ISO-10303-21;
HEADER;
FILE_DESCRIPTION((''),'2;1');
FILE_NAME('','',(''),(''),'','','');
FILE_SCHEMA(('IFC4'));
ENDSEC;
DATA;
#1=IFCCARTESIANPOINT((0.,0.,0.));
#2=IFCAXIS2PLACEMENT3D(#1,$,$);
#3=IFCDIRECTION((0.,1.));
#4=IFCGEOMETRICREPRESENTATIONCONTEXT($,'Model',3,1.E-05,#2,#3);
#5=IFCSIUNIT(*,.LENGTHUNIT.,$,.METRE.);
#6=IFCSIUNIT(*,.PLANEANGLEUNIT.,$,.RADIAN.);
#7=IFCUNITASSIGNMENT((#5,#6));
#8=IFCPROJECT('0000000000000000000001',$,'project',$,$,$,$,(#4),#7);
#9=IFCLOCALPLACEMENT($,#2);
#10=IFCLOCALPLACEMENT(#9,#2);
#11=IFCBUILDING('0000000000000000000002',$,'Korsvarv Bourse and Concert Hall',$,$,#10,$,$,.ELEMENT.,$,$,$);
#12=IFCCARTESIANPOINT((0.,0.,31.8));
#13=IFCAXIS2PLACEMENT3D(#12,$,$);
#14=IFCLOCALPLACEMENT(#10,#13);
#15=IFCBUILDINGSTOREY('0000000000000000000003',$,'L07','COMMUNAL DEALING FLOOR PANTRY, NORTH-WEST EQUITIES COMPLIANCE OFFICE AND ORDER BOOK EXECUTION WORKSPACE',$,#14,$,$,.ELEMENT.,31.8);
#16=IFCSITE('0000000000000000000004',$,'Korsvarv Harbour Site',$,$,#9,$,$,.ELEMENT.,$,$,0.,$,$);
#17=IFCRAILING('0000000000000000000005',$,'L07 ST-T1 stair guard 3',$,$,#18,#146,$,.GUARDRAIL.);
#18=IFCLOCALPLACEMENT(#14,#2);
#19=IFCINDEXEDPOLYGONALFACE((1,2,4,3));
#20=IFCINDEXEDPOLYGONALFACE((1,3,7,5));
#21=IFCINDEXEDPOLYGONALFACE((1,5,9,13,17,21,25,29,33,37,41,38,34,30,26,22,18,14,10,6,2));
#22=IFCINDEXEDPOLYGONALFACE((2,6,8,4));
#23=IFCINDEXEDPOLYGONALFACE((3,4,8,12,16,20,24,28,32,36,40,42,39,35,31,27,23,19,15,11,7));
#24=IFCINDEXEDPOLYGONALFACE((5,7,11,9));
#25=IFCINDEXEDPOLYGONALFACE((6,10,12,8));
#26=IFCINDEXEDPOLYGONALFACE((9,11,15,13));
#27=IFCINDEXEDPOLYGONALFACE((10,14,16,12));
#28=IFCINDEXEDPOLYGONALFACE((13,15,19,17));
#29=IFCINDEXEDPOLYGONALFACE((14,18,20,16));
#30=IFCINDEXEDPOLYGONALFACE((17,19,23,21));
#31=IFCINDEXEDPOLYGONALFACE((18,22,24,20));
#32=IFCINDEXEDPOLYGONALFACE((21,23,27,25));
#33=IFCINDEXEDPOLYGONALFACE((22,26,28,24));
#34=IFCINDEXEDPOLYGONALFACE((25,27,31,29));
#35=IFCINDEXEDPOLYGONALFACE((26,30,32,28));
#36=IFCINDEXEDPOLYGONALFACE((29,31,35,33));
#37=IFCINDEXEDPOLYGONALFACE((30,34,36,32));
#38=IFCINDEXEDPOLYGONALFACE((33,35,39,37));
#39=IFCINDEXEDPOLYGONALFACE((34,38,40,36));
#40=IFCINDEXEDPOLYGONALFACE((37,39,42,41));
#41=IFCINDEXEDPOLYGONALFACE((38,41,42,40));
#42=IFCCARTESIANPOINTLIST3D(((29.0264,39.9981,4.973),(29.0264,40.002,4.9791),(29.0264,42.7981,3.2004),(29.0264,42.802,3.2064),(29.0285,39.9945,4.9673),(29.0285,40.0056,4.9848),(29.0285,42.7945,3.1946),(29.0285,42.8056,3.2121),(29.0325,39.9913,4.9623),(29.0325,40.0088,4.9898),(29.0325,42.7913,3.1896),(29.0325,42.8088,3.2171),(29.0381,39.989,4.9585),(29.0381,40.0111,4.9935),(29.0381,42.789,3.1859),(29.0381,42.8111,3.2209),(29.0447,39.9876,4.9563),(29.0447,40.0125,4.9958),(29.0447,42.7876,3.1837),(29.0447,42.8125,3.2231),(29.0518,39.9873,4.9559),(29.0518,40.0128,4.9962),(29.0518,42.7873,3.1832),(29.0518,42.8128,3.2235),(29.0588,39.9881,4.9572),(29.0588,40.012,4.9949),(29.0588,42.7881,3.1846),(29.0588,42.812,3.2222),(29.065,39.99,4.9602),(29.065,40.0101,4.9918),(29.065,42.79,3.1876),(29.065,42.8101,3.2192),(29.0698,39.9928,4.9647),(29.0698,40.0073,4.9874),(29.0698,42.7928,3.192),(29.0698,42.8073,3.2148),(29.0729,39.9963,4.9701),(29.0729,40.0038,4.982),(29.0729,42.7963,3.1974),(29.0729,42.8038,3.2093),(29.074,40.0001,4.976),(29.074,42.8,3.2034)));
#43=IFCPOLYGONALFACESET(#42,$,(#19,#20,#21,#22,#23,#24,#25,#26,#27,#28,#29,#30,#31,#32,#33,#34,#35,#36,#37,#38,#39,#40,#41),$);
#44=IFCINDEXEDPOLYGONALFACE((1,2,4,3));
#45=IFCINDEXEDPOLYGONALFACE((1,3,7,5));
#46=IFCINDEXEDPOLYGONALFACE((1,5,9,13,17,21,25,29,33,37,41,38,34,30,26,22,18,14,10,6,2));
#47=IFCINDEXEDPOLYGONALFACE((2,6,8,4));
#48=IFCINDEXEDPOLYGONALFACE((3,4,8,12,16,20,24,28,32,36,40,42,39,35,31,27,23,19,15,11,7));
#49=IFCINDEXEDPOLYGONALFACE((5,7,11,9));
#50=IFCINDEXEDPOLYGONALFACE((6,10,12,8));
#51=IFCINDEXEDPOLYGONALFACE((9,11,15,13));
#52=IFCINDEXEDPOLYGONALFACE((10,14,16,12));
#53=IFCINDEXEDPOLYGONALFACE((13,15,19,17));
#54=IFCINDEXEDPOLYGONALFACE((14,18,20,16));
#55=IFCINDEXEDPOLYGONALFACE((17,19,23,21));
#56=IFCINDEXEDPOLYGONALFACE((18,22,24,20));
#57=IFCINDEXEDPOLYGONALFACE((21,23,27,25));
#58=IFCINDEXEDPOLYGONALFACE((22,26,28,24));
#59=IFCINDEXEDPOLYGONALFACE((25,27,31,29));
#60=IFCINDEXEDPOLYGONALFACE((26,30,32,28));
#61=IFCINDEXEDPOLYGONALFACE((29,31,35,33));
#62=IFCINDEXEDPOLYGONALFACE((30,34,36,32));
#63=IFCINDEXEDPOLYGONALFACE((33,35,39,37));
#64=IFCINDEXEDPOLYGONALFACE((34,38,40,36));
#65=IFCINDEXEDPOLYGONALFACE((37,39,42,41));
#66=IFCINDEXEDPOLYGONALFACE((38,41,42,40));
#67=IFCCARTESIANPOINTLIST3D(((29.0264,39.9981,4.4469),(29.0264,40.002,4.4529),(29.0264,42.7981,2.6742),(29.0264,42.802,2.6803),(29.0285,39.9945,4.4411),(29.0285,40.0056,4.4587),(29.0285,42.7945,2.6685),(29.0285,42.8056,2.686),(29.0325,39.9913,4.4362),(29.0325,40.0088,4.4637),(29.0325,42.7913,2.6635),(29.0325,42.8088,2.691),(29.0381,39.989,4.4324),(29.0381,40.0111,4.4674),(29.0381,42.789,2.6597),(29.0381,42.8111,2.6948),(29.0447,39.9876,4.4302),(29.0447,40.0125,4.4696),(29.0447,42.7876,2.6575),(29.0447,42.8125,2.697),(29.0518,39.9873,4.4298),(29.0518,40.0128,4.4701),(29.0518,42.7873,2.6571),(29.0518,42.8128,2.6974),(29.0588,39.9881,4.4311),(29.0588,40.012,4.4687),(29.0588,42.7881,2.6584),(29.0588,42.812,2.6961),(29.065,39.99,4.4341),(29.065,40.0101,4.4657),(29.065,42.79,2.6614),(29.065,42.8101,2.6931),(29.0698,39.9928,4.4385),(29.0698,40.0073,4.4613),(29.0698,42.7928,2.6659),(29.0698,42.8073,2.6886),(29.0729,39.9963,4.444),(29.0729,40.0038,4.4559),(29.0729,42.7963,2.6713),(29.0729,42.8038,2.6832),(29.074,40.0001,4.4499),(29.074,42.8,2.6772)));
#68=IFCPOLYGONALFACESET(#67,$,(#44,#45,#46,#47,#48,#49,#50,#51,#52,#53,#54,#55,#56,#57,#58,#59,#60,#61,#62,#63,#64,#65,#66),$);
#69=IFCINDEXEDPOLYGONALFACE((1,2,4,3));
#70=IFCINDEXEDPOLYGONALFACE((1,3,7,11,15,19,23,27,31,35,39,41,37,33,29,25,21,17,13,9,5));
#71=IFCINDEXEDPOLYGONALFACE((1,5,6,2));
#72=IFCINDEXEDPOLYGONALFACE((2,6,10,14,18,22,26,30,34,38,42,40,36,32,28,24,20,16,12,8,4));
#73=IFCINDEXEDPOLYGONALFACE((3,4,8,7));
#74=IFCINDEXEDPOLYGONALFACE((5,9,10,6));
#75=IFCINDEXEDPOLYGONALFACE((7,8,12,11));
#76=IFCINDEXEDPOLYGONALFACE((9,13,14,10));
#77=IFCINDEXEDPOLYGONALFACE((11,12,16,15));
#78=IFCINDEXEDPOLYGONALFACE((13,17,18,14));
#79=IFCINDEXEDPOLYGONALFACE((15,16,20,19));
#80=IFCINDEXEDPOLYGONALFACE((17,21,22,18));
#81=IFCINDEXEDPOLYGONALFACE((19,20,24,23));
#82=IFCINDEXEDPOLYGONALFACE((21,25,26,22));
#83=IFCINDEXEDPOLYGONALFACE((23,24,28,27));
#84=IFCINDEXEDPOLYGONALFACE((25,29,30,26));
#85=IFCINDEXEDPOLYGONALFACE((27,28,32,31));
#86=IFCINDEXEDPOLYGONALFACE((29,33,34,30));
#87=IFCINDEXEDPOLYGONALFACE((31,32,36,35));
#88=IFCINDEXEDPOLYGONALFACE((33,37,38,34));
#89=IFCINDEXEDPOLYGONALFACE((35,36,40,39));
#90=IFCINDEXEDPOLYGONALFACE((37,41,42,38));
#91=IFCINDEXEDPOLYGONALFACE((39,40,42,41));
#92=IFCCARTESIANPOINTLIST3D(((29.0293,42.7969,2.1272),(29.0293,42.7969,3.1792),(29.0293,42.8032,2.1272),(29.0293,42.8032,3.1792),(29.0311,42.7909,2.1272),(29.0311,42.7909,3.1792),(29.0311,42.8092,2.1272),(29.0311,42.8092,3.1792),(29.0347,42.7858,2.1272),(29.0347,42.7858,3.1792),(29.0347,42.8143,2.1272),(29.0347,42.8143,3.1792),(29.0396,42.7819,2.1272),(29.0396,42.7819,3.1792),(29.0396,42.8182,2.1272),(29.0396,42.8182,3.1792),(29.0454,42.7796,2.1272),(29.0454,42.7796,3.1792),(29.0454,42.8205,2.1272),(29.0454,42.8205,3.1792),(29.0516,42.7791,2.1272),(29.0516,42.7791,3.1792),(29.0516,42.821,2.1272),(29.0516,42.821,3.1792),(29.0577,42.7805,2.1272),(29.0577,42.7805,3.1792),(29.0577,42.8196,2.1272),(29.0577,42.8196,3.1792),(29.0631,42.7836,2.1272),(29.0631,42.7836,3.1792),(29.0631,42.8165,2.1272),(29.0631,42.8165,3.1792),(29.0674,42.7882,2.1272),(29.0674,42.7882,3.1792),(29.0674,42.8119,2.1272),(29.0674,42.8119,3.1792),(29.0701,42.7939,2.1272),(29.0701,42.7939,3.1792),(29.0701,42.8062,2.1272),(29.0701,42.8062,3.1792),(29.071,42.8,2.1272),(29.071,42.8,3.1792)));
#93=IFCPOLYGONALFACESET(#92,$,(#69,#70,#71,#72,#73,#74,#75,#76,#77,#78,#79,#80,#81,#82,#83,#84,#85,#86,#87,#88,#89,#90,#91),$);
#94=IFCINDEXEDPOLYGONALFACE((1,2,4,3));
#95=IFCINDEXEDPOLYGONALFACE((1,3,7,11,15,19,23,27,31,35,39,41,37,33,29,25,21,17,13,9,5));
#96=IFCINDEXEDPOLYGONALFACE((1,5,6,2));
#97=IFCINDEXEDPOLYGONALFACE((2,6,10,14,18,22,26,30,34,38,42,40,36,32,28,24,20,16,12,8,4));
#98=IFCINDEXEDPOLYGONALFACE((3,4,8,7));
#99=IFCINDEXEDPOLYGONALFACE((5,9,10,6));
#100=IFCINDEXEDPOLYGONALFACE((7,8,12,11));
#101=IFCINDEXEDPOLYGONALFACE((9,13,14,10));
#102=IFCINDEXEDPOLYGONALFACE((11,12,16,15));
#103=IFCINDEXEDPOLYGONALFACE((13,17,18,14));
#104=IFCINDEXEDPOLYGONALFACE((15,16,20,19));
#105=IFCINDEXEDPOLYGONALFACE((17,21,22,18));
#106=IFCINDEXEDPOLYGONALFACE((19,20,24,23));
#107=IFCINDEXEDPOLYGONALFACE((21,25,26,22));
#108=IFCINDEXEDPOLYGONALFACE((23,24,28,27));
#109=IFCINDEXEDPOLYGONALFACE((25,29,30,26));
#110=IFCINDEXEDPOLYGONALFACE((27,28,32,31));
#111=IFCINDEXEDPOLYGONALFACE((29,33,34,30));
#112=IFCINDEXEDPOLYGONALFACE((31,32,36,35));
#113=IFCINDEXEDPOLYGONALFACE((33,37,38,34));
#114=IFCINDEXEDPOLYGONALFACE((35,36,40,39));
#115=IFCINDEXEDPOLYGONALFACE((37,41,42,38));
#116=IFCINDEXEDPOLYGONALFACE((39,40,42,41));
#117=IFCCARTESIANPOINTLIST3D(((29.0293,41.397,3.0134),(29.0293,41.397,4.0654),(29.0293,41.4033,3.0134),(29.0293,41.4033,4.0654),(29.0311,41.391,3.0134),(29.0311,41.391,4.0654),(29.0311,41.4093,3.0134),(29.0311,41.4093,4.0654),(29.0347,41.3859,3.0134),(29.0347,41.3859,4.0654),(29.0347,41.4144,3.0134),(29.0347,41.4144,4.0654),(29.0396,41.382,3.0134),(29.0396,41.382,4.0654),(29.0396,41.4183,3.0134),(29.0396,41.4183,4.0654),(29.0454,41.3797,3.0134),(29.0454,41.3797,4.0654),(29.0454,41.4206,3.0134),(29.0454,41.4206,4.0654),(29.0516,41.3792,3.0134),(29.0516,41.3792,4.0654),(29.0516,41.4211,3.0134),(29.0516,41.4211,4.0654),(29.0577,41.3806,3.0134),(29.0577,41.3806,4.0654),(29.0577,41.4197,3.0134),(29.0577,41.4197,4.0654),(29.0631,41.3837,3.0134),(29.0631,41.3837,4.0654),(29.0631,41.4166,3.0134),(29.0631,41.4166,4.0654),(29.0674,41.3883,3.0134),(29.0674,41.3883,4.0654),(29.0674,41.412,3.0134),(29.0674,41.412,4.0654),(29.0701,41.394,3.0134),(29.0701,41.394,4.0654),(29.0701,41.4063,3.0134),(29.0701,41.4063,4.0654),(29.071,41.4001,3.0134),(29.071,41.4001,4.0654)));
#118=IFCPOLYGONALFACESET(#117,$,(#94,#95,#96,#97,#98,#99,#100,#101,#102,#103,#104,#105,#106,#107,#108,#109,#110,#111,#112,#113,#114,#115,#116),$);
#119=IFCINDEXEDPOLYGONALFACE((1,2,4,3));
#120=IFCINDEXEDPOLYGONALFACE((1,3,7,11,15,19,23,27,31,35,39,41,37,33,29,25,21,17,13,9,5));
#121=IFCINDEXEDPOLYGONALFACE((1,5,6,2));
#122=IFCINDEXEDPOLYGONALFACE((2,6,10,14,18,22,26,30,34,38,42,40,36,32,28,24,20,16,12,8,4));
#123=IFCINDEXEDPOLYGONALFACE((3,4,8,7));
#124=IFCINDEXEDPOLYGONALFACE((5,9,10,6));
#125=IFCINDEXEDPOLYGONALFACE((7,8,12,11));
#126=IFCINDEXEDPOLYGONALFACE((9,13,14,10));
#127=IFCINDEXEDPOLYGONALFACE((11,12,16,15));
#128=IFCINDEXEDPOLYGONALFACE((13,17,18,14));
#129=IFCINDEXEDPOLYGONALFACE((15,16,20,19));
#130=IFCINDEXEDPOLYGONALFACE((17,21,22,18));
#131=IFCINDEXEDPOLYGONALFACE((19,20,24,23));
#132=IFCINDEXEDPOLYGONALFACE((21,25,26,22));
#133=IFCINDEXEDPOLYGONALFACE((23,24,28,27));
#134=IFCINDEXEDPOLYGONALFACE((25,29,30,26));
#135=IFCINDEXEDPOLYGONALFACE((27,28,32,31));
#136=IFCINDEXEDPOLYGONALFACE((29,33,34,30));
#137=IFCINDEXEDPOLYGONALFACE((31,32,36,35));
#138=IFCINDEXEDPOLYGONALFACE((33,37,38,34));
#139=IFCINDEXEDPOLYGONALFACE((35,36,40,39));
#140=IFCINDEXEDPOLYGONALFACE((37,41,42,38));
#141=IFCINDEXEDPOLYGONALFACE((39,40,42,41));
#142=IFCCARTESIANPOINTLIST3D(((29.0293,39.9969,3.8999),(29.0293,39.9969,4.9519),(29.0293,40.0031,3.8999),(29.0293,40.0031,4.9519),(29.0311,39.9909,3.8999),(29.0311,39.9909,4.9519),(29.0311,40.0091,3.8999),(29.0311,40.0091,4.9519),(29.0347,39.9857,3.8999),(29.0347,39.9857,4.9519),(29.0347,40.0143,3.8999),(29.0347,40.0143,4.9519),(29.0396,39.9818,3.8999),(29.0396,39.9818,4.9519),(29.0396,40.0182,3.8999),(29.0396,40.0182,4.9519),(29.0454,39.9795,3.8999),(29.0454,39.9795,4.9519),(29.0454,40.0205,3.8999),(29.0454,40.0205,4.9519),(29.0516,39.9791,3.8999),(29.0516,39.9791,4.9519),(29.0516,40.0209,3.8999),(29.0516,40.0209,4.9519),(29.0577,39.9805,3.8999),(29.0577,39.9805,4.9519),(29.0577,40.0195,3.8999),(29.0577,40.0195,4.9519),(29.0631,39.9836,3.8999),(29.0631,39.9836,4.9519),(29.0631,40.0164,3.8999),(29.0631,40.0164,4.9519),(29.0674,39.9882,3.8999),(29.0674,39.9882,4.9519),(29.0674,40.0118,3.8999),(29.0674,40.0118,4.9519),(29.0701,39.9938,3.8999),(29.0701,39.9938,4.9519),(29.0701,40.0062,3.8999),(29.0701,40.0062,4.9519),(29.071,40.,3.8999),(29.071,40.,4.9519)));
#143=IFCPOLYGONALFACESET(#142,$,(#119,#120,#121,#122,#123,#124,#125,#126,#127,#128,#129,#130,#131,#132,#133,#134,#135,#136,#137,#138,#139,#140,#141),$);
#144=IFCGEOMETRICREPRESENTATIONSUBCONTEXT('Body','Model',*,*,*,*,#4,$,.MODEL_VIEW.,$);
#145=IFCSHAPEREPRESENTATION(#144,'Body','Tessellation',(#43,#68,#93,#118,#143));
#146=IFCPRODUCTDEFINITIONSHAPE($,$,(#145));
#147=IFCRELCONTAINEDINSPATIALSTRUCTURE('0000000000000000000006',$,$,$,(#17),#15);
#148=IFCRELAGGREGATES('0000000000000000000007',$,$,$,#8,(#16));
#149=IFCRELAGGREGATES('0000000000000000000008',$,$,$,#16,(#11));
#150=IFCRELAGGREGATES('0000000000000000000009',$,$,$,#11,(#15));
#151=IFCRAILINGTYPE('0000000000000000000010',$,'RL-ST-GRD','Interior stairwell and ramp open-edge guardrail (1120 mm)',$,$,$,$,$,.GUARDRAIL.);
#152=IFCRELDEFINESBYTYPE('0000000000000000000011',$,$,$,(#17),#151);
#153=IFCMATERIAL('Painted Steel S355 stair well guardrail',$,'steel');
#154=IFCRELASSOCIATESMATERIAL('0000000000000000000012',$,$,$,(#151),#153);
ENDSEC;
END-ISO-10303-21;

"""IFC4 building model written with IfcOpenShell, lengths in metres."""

from ifc_helpers import new_model, si_unit, direction, frame, origin, origin_2d, place, context, subcontext, project, spatial, circle, extrude, material, type_object, element, save


model = new_model("IFC4")

# Units and contexts
model_context = context("Model", 3, precision=1e-05, world=origin(), true_north=direction((0.0, 1.0)))
body_context = subcontext(model_context, "Body", "Model", "MODEL_VIEW")
ifc_project = project(units=[si_unit("LENGTHUNIT", "METRE"), si_unit("PLANEANGLEUNIT", "RADIAN")], contexts=[model_context])

# Site, building, storey
site_placement = place(None, origin())
site = spatial("IfcSite", under=ifc_project, at=site_placement, Name="Korsvarv Harbour Site", CompositionType="ELEMENT", RefElevation=0.0)
building_placement = place(site_placement, origin())
building = spatial("IfcBuilding", under=site, at=building_placement, Name="Korsvarv Bourse and Concert Hall", CompositionType="ELEMENT")
storey_placement = place(building_placement, frame((0.0, 0.0, 31.8)))
storey = spatial("IfcBuildingStorey", under=building, at=storey_placement, Name="L07", Description="COMMUNAL DEALING FLOOR PANTRY, NORTH-WEST EQUITIES COMPLIANCE OFFICE AND ORDER BOOK EXECUTION WORKSPACE", CompositionType="ELEMENT", Elevation=31.8)

# Railing
ifc_material_1 = material(Name="Painted Steel S355 stair well guardrail", Category="steel")
railing_type_1 = type_object("IfcRailingType", Name="RL-ST-GRD", Description="Interior stairwell and ramp open-edge guardrail (1120 mm)", PredefinedType="GUARDRAIL", material=ifc_material_1)
railing_1_placement = place(storey_placement, frame((29.05, 42.8, 2.1272)))
element("IfcRailing", 1, at=railing_1_placement, inside=storey, type_object=railing_type_1, Name="L07 ST-T1 stair guard 3", PredefinedType="GUARDRAIL", context=body_context, shape_type="SweptSolid", body=[
    extrude(circle(Radius=0.0239, at=origin_2d()), frame((0.0, 0.0, 1.0762), z_axis=(0.0, -0.844909, 0.53491), x_axis=(1.0, 0.0, 0.0)), (0.0, 0.0, 1.0), 3.314),
    extrude(circle(Radius=0.0239, at=origin_2d()), frame((0.0, 0.0, 0.55), z_axis=(0.0, -0.844909, 0.53491), x_axis=(1.0, 0.0, 0.0)), (0.0, 0.0, 1.0), 3.314),
    extrude(circle(Radius=0.021, at=origin_2d()), origin(), (0.0, 0.0, 1.0), 1.052),
    extrude(circle(Radius=0.021, at=origin_2d()), frame((0.0, -1.3999, 0.8862)), (0.0, 0.0, 1.0), 1.052),
    extrude(circle(Radius=0.021, at=origin_2d()), frame((0.0, -2.8, 1.7727)), (0.0, 0.0, 1.0), 1.052),
])

save(model, "model.ifc")
